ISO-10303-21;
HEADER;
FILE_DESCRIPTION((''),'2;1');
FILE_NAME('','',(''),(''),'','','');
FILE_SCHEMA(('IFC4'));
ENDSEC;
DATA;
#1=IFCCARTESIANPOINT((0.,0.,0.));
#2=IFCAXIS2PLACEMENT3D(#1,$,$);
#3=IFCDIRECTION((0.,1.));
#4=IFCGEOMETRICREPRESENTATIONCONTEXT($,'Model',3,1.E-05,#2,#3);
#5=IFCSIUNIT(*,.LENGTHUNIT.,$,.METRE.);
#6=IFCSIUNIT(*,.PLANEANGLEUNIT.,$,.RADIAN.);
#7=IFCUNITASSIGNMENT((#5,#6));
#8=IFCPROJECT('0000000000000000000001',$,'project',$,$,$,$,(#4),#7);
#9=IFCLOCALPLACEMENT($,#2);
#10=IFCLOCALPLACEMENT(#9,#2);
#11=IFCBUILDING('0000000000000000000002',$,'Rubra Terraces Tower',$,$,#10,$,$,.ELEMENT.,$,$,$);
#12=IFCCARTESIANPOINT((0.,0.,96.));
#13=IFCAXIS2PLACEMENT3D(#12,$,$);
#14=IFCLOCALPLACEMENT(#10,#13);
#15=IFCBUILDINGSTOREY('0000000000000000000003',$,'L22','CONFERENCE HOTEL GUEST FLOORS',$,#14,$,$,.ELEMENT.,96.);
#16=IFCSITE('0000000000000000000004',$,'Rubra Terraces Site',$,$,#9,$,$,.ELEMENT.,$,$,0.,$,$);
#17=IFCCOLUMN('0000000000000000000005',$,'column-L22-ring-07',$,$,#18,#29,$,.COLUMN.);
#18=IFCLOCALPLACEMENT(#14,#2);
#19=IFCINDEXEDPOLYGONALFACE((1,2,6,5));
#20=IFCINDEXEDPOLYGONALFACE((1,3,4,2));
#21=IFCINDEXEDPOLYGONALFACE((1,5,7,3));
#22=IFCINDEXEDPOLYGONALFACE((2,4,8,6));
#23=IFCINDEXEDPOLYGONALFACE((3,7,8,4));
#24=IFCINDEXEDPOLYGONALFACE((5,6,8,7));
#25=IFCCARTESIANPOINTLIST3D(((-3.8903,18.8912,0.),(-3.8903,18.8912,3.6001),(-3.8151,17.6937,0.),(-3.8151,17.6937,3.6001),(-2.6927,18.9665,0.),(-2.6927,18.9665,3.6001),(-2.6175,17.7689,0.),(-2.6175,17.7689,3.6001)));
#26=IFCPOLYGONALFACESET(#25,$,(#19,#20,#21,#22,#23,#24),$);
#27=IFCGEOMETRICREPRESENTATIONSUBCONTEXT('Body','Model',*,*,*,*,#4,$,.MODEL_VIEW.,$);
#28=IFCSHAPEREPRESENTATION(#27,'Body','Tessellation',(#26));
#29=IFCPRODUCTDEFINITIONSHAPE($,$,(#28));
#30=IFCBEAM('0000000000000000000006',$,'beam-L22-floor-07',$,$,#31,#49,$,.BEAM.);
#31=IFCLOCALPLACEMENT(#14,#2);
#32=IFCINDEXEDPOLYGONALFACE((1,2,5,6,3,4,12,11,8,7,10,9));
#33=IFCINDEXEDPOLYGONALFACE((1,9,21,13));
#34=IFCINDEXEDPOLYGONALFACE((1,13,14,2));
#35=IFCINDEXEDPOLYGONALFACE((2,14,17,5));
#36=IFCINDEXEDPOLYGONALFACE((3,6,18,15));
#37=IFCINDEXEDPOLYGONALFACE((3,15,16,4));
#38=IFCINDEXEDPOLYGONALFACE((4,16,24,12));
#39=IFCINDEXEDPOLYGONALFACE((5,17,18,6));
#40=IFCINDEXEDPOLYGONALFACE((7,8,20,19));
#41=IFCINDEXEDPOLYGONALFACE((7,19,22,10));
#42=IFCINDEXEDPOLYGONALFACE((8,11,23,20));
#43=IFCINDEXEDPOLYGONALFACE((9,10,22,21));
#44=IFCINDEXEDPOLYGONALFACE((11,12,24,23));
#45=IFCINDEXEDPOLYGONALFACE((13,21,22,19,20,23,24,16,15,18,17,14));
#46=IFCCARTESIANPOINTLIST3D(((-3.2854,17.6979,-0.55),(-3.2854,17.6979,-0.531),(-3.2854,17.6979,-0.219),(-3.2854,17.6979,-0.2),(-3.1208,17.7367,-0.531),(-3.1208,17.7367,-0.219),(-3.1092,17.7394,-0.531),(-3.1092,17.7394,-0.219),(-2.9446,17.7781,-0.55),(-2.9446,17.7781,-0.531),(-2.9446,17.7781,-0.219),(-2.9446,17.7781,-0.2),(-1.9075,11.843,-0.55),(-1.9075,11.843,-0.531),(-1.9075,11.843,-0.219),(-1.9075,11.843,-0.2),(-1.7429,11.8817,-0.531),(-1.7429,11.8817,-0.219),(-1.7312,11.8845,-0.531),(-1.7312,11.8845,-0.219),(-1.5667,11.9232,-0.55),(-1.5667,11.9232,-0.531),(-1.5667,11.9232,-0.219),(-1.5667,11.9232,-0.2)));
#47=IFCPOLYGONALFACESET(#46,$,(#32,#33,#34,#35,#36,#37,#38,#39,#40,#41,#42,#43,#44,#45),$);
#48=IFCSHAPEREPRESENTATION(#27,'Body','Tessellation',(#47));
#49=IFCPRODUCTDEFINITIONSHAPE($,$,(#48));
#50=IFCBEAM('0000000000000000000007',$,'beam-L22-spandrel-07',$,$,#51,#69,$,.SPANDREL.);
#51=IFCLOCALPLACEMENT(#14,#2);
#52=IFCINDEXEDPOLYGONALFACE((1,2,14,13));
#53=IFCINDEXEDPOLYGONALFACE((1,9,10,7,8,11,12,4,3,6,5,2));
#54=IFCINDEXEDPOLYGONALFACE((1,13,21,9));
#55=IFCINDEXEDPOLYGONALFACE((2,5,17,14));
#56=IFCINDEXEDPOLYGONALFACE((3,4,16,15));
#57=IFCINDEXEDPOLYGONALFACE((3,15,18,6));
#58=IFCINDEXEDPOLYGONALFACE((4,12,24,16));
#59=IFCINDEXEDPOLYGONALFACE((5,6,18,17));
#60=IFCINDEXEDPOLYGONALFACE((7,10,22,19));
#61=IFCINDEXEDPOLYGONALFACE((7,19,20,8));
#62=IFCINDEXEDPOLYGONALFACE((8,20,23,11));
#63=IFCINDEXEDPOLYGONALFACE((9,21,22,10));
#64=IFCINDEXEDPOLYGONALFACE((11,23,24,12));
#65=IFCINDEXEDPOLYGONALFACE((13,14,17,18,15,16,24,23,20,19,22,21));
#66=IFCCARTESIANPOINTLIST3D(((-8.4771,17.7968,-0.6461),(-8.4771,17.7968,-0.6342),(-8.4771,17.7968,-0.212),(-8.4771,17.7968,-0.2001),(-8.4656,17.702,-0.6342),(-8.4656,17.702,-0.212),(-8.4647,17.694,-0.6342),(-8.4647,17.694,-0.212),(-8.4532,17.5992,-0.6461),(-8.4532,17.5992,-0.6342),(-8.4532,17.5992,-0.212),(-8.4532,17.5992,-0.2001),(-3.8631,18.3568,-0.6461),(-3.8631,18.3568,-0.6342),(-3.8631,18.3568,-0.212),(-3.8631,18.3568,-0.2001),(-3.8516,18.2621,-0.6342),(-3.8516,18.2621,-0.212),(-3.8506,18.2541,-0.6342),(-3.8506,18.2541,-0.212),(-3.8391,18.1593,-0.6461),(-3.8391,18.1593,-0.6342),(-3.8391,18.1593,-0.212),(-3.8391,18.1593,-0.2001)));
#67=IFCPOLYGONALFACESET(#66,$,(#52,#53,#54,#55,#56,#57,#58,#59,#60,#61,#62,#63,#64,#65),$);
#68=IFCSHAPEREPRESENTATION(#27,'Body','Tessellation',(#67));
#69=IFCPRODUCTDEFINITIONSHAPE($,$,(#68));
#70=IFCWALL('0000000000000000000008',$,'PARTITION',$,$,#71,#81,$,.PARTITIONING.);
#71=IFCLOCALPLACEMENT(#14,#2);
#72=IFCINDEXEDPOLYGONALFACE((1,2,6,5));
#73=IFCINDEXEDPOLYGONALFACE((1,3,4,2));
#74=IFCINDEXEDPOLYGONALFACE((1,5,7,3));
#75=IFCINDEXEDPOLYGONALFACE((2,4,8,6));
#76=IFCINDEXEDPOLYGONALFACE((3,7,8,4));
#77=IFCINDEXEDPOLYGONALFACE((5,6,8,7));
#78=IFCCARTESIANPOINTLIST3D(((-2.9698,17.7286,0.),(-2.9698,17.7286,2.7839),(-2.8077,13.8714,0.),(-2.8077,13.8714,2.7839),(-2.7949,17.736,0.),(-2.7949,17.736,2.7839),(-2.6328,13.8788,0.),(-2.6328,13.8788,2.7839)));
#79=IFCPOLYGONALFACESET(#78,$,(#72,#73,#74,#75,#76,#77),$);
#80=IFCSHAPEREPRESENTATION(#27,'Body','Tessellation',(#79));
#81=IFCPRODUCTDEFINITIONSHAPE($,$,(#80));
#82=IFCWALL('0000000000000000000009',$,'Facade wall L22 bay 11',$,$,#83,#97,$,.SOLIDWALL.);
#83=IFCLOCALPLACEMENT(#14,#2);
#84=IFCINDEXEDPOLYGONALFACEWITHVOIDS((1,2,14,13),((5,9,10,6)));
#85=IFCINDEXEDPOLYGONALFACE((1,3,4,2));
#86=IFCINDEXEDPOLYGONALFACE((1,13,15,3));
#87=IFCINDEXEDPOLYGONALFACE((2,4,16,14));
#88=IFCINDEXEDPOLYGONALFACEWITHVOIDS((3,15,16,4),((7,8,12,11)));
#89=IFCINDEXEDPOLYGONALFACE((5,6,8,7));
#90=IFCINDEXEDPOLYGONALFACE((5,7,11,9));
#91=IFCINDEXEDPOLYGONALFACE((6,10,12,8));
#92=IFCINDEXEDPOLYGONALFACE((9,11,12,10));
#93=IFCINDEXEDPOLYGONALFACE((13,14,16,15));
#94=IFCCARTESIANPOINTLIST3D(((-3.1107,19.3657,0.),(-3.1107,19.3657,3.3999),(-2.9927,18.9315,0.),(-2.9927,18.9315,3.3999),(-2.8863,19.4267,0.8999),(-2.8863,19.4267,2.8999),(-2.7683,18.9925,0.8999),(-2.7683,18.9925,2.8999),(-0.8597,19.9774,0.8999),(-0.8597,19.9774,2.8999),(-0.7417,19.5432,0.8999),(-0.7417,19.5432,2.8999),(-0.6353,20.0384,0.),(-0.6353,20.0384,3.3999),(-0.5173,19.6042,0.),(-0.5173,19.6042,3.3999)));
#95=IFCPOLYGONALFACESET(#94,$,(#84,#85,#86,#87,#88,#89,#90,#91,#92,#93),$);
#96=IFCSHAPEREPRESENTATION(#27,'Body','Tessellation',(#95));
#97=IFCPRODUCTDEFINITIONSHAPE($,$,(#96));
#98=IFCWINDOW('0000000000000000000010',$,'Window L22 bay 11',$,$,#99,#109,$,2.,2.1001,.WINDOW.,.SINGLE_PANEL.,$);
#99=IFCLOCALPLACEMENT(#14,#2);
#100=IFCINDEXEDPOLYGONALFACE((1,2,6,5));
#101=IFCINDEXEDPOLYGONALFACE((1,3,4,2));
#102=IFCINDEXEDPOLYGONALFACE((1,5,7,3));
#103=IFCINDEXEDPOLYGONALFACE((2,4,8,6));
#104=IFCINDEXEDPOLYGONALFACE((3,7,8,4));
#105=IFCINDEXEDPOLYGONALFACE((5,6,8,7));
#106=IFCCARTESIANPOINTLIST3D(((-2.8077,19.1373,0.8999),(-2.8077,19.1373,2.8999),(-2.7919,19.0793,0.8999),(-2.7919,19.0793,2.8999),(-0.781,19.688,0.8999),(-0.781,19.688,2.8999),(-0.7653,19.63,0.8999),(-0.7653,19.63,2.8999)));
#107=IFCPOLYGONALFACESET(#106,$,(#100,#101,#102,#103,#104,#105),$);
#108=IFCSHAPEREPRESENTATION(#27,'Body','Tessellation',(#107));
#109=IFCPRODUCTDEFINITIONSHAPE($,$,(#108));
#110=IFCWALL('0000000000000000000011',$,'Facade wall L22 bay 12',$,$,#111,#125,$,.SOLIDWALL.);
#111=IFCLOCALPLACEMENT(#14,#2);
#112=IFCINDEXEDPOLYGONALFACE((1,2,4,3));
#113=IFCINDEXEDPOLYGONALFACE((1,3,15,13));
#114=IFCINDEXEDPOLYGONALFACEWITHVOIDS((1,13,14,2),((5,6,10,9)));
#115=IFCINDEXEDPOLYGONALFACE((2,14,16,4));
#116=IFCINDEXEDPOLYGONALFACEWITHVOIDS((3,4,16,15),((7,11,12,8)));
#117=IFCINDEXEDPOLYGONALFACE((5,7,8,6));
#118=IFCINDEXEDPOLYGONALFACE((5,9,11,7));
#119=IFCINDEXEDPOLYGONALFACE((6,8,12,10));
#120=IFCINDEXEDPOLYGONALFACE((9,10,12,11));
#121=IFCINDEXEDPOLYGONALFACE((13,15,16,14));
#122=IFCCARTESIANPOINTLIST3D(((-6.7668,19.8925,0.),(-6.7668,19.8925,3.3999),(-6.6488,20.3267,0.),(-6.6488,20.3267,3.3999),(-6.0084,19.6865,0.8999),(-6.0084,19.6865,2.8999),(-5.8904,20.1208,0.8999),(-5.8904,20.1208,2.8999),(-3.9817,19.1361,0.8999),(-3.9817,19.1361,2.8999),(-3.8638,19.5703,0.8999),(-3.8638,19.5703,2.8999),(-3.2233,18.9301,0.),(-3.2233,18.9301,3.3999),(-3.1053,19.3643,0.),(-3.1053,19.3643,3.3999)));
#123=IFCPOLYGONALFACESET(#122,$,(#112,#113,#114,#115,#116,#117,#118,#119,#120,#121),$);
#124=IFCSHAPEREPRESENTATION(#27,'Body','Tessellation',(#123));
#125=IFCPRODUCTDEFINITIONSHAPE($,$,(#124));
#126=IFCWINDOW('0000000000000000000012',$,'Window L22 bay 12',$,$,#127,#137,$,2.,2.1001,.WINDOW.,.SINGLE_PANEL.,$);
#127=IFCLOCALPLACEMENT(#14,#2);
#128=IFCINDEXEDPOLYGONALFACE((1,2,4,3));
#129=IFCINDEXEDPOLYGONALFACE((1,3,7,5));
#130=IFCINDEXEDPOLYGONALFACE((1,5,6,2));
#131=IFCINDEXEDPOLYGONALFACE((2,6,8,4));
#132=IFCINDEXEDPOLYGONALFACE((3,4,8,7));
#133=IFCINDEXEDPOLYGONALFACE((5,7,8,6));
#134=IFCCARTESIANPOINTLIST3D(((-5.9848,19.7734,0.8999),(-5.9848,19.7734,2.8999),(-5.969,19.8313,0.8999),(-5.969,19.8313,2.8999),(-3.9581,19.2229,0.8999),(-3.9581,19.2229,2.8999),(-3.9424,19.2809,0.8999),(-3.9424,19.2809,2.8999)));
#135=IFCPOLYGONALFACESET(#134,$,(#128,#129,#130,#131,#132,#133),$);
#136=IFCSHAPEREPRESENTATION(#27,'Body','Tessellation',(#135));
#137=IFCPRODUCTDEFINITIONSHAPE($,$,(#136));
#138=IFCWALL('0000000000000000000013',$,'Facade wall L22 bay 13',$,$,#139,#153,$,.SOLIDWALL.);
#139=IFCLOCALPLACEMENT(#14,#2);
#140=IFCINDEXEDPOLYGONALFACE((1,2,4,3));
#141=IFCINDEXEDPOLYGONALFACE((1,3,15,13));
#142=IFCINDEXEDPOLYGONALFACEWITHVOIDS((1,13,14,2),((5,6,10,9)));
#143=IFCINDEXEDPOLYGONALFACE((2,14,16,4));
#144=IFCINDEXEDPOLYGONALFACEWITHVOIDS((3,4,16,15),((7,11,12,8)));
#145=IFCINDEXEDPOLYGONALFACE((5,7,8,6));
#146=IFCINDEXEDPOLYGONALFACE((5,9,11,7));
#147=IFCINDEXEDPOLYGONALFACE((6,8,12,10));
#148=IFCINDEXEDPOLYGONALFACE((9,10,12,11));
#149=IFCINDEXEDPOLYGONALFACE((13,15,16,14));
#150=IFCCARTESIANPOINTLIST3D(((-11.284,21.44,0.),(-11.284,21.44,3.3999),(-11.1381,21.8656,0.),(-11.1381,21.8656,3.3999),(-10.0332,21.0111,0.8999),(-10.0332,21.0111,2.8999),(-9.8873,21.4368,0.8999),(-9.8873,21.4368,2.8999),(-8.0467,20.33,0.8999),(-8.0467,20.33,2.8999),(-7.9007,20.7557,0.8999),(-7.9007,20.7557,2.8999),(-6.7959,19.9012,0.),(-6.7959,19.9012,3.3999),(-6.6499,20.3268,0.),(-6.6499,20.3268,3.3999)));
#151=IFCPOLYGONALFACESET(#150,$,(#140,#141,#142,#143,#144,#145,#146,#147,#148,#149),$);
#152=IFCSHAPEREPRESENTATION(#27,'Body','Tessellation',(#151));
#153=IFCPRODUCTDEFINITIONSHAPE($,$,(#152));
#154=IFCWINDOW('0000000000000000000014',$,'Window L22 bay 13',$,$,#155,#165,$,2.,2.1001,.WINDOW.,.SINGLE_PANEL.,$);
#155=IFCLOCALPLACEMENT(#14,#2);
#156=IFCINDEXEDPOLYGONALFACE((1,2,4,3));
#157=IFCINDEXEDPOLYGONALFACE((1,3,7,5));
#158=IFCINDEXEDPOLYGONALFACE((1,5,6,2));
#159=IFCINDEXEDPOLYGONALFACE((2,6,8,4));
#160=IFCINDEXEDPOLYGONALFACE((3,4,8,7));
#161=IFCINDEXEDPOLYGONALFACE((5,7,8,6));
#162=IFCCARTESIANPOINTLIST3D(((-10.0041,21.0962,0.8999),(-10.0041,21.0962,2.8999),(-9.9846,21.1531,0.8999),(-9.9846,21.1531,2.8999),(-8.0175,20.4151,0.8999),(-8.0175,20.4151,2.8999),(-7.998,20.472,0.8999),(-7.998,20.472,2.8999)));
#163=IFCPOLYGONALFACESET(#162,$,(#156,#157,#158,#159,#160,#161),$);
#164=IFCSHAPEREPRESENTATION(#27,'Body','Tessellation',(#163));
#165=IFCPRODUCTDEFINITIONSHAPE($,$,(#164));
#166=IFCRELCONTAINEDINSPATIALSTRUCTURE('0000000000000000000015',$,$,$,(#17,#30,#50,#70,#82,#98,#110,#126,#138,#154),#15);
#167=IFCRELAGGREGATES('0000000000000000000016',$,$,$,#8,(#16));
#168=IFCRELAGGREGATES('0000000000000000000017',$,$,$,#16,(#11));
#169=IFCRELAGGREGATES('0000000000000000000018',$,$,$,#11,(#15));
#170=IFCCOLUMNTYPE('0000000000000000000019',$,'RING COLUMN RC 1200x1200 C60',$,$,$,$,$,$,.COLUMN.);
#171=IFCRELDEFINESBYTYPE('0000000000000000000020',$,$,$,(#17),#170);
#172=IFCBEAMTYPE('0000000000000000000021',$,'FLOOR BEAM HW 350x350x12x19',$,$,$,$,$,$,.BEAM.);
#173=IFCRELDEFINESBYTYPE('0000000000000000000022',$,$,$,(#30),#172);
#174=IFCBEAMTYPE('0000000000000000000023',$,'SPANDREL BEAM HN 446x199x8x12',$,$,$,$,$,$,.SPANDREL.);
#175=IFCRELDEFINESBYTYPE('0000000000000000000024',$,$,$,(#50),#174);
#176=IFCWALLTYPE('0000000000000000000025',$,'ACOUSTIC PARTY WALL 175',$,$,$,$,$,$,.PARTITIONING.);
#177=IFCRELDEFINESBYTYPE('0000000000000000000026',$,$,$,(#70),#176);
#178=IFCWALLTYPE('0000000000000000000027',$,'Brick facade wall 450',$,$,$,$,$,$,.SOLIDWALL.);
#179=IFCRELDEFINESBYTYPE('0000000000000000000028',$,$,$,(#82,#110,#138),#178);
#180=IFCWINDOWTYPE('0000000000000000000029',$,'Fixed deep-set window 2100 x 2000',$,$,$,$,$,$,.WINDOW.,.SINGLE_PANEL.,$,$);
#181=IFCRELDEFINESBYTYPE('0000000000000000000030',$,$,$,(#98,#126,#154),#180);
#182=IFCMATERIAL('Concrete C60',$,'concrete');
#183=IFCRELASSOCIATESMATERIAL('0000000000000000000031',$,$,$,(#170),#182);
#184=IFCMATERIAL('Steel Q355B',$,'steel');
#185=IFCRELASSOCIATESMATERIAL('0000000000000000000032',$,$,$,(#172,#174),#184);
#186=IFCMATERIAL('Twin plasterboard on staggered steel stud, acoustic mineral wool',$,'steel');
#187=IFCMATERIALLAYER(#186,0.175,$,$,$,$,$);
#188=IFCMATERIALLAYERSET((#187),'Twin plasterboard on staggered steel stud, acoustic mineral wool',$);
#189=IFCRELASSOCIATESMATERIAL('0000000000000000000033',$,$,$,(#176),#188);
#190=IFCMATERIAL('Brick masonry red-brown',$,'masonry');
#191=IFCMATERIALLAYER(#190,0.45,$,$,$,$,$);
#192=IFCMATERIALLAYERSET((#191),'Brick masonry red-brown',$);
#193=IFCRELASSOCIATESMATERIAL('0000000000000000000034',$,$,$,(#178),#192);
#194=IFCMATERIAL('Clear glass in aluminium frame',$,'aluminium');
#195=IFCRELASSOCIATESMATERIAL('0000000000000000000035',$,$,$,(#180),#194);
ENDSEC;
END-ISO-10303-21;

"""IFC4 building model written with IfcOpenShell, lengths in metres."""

from ifc_helpers import new_model, si_unit, direction, frame, frame_2d, origin, origin_2d, place, context, subcontext, project, spatial, rectangle, i_section, extrude, material, layer, layer_set, material_profile, profile_set, type_object, element, fill, save


model = new_model("IFC4")

# Units and contexts
model_context = context("Model", 3, precision=1e-05, world=origin(), true_north=direction((0.0, 1.0)))
body_context = subcontext(model_context, "Body", "Model", "MODEL_VIEW")
ifc_project = project(units=[si_unit("LENGTHUNIT", "METRE"), si_unit("PLANEANGLEUNIT", "RADIAN")], contexts=[model_context])

# Site, building, storey
site_placement = place(None, origin())
site = spatial("IfcSite", under=ifc_project, at=site_placement, Name="Rubra Terraces Site", CompositionType="ELEMENT", RefElevation=0.0)
building_placement = place(site_placement, origin())
building = spatial("IfcBuilding", under=site, at=building_placement, Name="Rubra Terraces Tower", CompositionType="ELEMENT")
storey_placement = place(building_placement, frame((0.0, 0.0, 96.0)))
storey = spatial("IfcBuildingStorey", under=building, at=storey_placement, Name="L22", Description="CONFERENCE HOTEL GUEST FLOORS", CompositionType="ELEMENT", Elevation=96.0)

# Column
ifc_material_1 = material(Name="Concrete C60", Category="concrete")
ifc_material_profile_1 = material_profile(ifc_material_1, rectangle(XDim=1.2, YDim=1.2, at=origin_2d()), Name="RC 1200x1200")
ifc_profile_set_1 = profile_set([ifc_material_profile_1], Name="Concrete C60")
column_type = type_object("IfcColumnType", Name="RING COLUMN RC 1200x1200 C60", PredefinedType="COLUMN", material=ifc_profile_set_1)
column_placement = place(storey_placement, frame((-3.2539, 18.3301, 0.0), z_axis=(0.0, 0.0, 1.0), x_axis=(-0.998032, -0.062714, 0.0)))
element("IfcColumn", 1, at=column_placement, inside=storey, type_object=column_type, Name="column-L22-ring-07", PredefinedType="COLUMN", context=body_context, shape_type="SweptSolid", body=[
    extrude(rectangle(XDim=1.2, YDim=1.2, at=origin_2d()), origin(), (0.0, 0.0, 1.0), 3.6001),
])

# Beams
ifc_material_2 = material(Name="Steel Q355B", Category="steel")
ifc_material_profile_2 = material_profile(ifc_material_2, i_section(OverallWidth=0.3501, OverallDepth=0.3501, WebThickness=0.012, FlangeThickness=0.019, at=origin_2d()), Name="HW 350x350x12x19")
ifc_profile_set_2 = profile_set([ifc_material_profile_2], Name="Steel Q355B")
beam_type_1 = type_object("IfcBeamType", Name="FLOOR BEAM HW 350x350x12x19", PredefinedType="BEAM", material=ifc_profile_set_2)
beam_1_placement = place(storey_placement, frame((-3.115, 17.738, -0.375), z_axis=(0.229085, -0.973407, 0.0), x_axis=(0.973407, 0.229085, 0.0)))
element("IfcBeam", 2, at=beam_1_placement, inside=storey, type_object=beam_type_1, Name="beam-L22-floor-07", PredefinedType="BEAM", context=body_context, shape_type="SweptSolid", body=[
    extrude(i_section(OverallWidth=0.3501, OverallDepth=0.3501, WebThickness=0.012, FlangeThickness=0.019, at=origin_2d()), origin(), (0.0, 0.0, 1.0), 6.0149),
])
ifc_material_profile_3 = material_profile(ifc_material_2, i_section(OverallWidth=0.199, OverallDepth=0.446, WebThickness=0.0081, FlangeThickness=0.012, at=origin_2d()), Name="HN 446x199x8x12")
ifc_profile_set_3 = profile_set([ifc_material_profile_3], Name="Steel Q355B")
beam_type_2 = type_object("IfcBeamType", Name="SPANDREL BEAM HN 446x199x8x12", PredefinedType="SPANDREL", material=ifc_profile_set_3)
beam_2_placement = place(storey_placement, frame((-3.8511, 18.2581, -0.4231), z_axis=(-0.992714, -0.120498, 0.0), x_axis=(0.120498, -0.992714, 0.0)))
element("IfcBeam", 3, at=beam_2_placement, inside=storey, type_object=beam_type_2, Name="beam-L22-spandrel-07", PredefinedType="SPANDREL", context=body_context, shape_type="SweptSolid", body=[
    extrude(i_section(OverallWidth=0.199, OverallDepth=0.446, WebThickness=0.0081, FlangeThickness=0.012, at=origin_2d()), origin(), (0.0, 0.0, 1.0), 4.6479),
])

# Wall
ifc_material_3 = material(Name="Twin plasterboard on staggered steel stud, acoustic mineral wool", Category="steel")
ifc_layer_1 = layer(ifc_material_3, 0.175)
ifc_layer_set_1 = layer_set([ifc_layer_1], Name="Twin plasterboard on staggered steel stud, acoustic mineral wool")
wall_type_1 = type_object("IfcWallType", Name="ACOUSTIC PARTY WALL 175", PredefinedType="PARTITIONING", material=ifc_layer_set_1)
wall_1_placement = place(storey_placement, frame((-2.8823, 17.7322, 0.0), z_axis=(0.0, 0.0, 1.0), x_axis=(0.041991, -0.999118, 0.0)))
element("IfcWall", 4, at=wall_1_placement, inside=storey, type_object=wall_type_1, Name="PARTITION", PredefinedType="PARTITIONING", context=body_context, shape_type="SweptSolid", body=[
    extrude(rectangle(XDim=3.8606, YDim=0.175, at=frame_2d((1.9302, 0.0))), origin(), (0.0, 0.0, 1.0), 2.7839),
])

# Walls, openings, windows
ifc_material_4 = material(Name="Brick masonry red-brown", Category="masonry")
ifc_layer_2 = layer(ifc_material_4, 0.45)
ifc_layer_set_2 = layer_set([ifc_layer_2], Name="Brick masonry red-brown")
wall_type_2 = type_object("IfcWallType", Name="Brick facade wall 450", PredefinedType="SOLIDWALL", material=ifc_layer_set_2)
wall_2_placement = place(storey_placement, frame((-0.5762, 19.8213, 0.0), z_axis=(0.0, 0.0, 1.0), x_axis=(-0.965009, -0.262215, 0.0)))
wall_2 = element("IfcWall", 5, at=wall_2_placement, inside=storey, type_object=wall_type_2, Name="Facade wall L22 bay 11", PredefinedType="SOLIDWALL", context=body_context, shape_type="SweptSolid", body=[
    extrude(rectangle(XDim=2.5652, YDim=0.45, at=frame_2d((1.2827, 0.0))), origin(), (0.0, 0.0, 1.0), 3.3999),
])
opening_1_placement = place(wall_2_placement, frame((0.2327, 0.0, 0.8999)))
opening_1 = element("IfcOpeningElement", 6, at=opening_1_placement, cuts=wall_2, PredefinedType="OPENING", context=body_context, shape_type="SweptSolid", body=[
    extrude(rectangle(XDim=2.1001, YDim=2.0, at=frame_2d((1.05, 1.0))), frame((0.0, 0.2349, 0.0), z_axis=(0.0, -1.0, 0.0), x_axis=(1.0, 0.0, 0.0)), (0.0, 0.0, 1.0), 0.47),
])
ifc_material_5 = material(Name="Clear glass in aluminium frame", Category="aluminium")
window_type = type_object("IfcWindowType", Name="Fixed deep-set window 2100 x 2000", PartitioningType="SINGLE_PANEL", PredefinedType="WINDOW", material=ifc_material_5)
window_1_placement = place(opening_1_placement, origin())
window_1 = element("IfcWindow", 7, at=window_1_placement, inside=storey, type_object=window_type, Name="Window L22 bay 11", OverallHeight=2.0, OverallWidth=2.1001, PartitioningType="SINGLE_PANEL", PredefinedType="WINDOW", context=body_context, shape_type="SweptSolid", body=[
    extrude(rectangle(XDim=2.1001, YDim=2.0, at=frame_2d((1.05, 1.0))), frame((0.0, 0.135, 0.0), z_axis=(0.0, -1.0, 0.0), x_axis=(1.0, 0.0, 0.0)), (0.0, 0.0, 1.0), 0.0601),
])
fill(opening_1, window_1)
wall_3_placement = place(storey_placement, frame((-3.1643, 19.1472, 0.0), z_axis=(0.0, 0.0, 1.0), x_axis=(-0.965039, 0.262105, 0.0)))
wall_3 = element("IfcWall", 8, at=wall_3_placement, inside=storey, type_object=wall_type_2, Name="Facade wall L22 bay 12", PredefinedType="SOLIDWALL", context=body_context, shape_type="SweptSolid", body=[
    extrude(rectangle(XDim=3.6719, YDim=0.45, at=frame_2d((1.8359, 0.0))), origin(), (0.0, 0.0, 1.0), 3.3999),
])
opening_2_placement = place(wall_3_placement, frame((0.7859, 0.0, 0.8999)))
opening_2 = element("IfcOpeningElement", 9, at=opening_2_placement, cuts=wall_3, PredefinedType="OPENING", context=body_context, shape_type="SweptSolid", body=[
    extrude(rectangle(XDim=2.1001, YDim=2.0, at=frame_2d((1.05, 1.0))), frame((0.0, 0.2349, 0.0), z_axis=(0.0, -1.0, 0.0), x_axis=(1.0, 0.0, 0.0)), (0.0, 0.0, 1.0), 0.47),
])
window_2_placement = place(opening_2_placement, origin())
window_2 = element("IfcWindow", 10, at=window_2_placement, inside=storey, type_object=window_type, Name="Window L22 bay 12", OverallHeight=2.0, OverallWidth=2.1001, PartitioningType="SINGLE_PANEL", PredefinedType="WINDOW", context=body_context, shape_type="SweptSolid", body=[
    extrude(rectangle(XDim=2.1001, YDim=2.0, at=frame_2d((1.05, 1.0))), frame((0.0, 0.135, 0.0), z_axis=(0.0, -1.0, 0.0), x_axis=(1.0, 0.0, 0.0)), (0.0, 0.0, 1.0), 0.0601),
])
fill(opening_2, window_2)
wall_4_placement = place(storey_placement, frame((-6.7229, 20.114, 0.0), z_axis=(0.0, 0.0, 1.0), x_axis=(-0.945947, 0.32432, 0.0)))
wall_4 = element("IfcWall", 11, at=wall_4_placement, inside=storey, type_object=wall_type_2, Name="Facade wall L22 bay 13", PredefinedType="SOLIDWALL", context=body_context, shape_type="SweptSolid", body=[
    extrude(rectangle(XDim=4.7446, YDim=0.45, at=frame_2d((2.3723, 0.0))), origin(), (0.0, 0.0, 1.0), 3.3999),
])
opening_3_placement = place(wall_4_placement, frame((1.3223, 0.0, 0.8999)))
opening_3 = element("IfcOpeningElement", 12, at=opening_3_placement, cuts=wall_4, PredefinedType="OPENING", context=body_context, shape_type="SweptSolid", body=[
    extrude(rectangle(XDim=2.1001, YDim=2.0, at=frame_2d((1.05, 1.0))), frame((0.0, 0.2349, 0.0), z_axis=(0.0, -1.0, 0.0), x_axis=(1.0, 0.0, 0.0)), (0.0, 0.0, 1.0), 0.47),
])
window_3_placement = place(opening_3_placement, origin())
window_3 = element("IfcWindow", 13, at=window_3_placement, inside=storey, type_object=window_type, Name="Window L22 bay 13", OverallHeight=2.0, OverallWidth=2.1001, PartitioningType="SINGLE_PANEL", PredefinedType="WINDOW", context=body_context, shape_type="SweptSolid", body=[
    extrude(rectangle(XDim=2.1001, YDim=2.0, at=frame_2d((1.05, 1.0))), frame((0.0, 0.135, 0.0), z_axis=(0.0, -1.0, 0.0), x_axis=(1.0, 0.0, 0.0)), (0.0, 0.0, 1.0), 0.0601),
])
fill(opening_3, window_3)

save(model, "model.ifc")
